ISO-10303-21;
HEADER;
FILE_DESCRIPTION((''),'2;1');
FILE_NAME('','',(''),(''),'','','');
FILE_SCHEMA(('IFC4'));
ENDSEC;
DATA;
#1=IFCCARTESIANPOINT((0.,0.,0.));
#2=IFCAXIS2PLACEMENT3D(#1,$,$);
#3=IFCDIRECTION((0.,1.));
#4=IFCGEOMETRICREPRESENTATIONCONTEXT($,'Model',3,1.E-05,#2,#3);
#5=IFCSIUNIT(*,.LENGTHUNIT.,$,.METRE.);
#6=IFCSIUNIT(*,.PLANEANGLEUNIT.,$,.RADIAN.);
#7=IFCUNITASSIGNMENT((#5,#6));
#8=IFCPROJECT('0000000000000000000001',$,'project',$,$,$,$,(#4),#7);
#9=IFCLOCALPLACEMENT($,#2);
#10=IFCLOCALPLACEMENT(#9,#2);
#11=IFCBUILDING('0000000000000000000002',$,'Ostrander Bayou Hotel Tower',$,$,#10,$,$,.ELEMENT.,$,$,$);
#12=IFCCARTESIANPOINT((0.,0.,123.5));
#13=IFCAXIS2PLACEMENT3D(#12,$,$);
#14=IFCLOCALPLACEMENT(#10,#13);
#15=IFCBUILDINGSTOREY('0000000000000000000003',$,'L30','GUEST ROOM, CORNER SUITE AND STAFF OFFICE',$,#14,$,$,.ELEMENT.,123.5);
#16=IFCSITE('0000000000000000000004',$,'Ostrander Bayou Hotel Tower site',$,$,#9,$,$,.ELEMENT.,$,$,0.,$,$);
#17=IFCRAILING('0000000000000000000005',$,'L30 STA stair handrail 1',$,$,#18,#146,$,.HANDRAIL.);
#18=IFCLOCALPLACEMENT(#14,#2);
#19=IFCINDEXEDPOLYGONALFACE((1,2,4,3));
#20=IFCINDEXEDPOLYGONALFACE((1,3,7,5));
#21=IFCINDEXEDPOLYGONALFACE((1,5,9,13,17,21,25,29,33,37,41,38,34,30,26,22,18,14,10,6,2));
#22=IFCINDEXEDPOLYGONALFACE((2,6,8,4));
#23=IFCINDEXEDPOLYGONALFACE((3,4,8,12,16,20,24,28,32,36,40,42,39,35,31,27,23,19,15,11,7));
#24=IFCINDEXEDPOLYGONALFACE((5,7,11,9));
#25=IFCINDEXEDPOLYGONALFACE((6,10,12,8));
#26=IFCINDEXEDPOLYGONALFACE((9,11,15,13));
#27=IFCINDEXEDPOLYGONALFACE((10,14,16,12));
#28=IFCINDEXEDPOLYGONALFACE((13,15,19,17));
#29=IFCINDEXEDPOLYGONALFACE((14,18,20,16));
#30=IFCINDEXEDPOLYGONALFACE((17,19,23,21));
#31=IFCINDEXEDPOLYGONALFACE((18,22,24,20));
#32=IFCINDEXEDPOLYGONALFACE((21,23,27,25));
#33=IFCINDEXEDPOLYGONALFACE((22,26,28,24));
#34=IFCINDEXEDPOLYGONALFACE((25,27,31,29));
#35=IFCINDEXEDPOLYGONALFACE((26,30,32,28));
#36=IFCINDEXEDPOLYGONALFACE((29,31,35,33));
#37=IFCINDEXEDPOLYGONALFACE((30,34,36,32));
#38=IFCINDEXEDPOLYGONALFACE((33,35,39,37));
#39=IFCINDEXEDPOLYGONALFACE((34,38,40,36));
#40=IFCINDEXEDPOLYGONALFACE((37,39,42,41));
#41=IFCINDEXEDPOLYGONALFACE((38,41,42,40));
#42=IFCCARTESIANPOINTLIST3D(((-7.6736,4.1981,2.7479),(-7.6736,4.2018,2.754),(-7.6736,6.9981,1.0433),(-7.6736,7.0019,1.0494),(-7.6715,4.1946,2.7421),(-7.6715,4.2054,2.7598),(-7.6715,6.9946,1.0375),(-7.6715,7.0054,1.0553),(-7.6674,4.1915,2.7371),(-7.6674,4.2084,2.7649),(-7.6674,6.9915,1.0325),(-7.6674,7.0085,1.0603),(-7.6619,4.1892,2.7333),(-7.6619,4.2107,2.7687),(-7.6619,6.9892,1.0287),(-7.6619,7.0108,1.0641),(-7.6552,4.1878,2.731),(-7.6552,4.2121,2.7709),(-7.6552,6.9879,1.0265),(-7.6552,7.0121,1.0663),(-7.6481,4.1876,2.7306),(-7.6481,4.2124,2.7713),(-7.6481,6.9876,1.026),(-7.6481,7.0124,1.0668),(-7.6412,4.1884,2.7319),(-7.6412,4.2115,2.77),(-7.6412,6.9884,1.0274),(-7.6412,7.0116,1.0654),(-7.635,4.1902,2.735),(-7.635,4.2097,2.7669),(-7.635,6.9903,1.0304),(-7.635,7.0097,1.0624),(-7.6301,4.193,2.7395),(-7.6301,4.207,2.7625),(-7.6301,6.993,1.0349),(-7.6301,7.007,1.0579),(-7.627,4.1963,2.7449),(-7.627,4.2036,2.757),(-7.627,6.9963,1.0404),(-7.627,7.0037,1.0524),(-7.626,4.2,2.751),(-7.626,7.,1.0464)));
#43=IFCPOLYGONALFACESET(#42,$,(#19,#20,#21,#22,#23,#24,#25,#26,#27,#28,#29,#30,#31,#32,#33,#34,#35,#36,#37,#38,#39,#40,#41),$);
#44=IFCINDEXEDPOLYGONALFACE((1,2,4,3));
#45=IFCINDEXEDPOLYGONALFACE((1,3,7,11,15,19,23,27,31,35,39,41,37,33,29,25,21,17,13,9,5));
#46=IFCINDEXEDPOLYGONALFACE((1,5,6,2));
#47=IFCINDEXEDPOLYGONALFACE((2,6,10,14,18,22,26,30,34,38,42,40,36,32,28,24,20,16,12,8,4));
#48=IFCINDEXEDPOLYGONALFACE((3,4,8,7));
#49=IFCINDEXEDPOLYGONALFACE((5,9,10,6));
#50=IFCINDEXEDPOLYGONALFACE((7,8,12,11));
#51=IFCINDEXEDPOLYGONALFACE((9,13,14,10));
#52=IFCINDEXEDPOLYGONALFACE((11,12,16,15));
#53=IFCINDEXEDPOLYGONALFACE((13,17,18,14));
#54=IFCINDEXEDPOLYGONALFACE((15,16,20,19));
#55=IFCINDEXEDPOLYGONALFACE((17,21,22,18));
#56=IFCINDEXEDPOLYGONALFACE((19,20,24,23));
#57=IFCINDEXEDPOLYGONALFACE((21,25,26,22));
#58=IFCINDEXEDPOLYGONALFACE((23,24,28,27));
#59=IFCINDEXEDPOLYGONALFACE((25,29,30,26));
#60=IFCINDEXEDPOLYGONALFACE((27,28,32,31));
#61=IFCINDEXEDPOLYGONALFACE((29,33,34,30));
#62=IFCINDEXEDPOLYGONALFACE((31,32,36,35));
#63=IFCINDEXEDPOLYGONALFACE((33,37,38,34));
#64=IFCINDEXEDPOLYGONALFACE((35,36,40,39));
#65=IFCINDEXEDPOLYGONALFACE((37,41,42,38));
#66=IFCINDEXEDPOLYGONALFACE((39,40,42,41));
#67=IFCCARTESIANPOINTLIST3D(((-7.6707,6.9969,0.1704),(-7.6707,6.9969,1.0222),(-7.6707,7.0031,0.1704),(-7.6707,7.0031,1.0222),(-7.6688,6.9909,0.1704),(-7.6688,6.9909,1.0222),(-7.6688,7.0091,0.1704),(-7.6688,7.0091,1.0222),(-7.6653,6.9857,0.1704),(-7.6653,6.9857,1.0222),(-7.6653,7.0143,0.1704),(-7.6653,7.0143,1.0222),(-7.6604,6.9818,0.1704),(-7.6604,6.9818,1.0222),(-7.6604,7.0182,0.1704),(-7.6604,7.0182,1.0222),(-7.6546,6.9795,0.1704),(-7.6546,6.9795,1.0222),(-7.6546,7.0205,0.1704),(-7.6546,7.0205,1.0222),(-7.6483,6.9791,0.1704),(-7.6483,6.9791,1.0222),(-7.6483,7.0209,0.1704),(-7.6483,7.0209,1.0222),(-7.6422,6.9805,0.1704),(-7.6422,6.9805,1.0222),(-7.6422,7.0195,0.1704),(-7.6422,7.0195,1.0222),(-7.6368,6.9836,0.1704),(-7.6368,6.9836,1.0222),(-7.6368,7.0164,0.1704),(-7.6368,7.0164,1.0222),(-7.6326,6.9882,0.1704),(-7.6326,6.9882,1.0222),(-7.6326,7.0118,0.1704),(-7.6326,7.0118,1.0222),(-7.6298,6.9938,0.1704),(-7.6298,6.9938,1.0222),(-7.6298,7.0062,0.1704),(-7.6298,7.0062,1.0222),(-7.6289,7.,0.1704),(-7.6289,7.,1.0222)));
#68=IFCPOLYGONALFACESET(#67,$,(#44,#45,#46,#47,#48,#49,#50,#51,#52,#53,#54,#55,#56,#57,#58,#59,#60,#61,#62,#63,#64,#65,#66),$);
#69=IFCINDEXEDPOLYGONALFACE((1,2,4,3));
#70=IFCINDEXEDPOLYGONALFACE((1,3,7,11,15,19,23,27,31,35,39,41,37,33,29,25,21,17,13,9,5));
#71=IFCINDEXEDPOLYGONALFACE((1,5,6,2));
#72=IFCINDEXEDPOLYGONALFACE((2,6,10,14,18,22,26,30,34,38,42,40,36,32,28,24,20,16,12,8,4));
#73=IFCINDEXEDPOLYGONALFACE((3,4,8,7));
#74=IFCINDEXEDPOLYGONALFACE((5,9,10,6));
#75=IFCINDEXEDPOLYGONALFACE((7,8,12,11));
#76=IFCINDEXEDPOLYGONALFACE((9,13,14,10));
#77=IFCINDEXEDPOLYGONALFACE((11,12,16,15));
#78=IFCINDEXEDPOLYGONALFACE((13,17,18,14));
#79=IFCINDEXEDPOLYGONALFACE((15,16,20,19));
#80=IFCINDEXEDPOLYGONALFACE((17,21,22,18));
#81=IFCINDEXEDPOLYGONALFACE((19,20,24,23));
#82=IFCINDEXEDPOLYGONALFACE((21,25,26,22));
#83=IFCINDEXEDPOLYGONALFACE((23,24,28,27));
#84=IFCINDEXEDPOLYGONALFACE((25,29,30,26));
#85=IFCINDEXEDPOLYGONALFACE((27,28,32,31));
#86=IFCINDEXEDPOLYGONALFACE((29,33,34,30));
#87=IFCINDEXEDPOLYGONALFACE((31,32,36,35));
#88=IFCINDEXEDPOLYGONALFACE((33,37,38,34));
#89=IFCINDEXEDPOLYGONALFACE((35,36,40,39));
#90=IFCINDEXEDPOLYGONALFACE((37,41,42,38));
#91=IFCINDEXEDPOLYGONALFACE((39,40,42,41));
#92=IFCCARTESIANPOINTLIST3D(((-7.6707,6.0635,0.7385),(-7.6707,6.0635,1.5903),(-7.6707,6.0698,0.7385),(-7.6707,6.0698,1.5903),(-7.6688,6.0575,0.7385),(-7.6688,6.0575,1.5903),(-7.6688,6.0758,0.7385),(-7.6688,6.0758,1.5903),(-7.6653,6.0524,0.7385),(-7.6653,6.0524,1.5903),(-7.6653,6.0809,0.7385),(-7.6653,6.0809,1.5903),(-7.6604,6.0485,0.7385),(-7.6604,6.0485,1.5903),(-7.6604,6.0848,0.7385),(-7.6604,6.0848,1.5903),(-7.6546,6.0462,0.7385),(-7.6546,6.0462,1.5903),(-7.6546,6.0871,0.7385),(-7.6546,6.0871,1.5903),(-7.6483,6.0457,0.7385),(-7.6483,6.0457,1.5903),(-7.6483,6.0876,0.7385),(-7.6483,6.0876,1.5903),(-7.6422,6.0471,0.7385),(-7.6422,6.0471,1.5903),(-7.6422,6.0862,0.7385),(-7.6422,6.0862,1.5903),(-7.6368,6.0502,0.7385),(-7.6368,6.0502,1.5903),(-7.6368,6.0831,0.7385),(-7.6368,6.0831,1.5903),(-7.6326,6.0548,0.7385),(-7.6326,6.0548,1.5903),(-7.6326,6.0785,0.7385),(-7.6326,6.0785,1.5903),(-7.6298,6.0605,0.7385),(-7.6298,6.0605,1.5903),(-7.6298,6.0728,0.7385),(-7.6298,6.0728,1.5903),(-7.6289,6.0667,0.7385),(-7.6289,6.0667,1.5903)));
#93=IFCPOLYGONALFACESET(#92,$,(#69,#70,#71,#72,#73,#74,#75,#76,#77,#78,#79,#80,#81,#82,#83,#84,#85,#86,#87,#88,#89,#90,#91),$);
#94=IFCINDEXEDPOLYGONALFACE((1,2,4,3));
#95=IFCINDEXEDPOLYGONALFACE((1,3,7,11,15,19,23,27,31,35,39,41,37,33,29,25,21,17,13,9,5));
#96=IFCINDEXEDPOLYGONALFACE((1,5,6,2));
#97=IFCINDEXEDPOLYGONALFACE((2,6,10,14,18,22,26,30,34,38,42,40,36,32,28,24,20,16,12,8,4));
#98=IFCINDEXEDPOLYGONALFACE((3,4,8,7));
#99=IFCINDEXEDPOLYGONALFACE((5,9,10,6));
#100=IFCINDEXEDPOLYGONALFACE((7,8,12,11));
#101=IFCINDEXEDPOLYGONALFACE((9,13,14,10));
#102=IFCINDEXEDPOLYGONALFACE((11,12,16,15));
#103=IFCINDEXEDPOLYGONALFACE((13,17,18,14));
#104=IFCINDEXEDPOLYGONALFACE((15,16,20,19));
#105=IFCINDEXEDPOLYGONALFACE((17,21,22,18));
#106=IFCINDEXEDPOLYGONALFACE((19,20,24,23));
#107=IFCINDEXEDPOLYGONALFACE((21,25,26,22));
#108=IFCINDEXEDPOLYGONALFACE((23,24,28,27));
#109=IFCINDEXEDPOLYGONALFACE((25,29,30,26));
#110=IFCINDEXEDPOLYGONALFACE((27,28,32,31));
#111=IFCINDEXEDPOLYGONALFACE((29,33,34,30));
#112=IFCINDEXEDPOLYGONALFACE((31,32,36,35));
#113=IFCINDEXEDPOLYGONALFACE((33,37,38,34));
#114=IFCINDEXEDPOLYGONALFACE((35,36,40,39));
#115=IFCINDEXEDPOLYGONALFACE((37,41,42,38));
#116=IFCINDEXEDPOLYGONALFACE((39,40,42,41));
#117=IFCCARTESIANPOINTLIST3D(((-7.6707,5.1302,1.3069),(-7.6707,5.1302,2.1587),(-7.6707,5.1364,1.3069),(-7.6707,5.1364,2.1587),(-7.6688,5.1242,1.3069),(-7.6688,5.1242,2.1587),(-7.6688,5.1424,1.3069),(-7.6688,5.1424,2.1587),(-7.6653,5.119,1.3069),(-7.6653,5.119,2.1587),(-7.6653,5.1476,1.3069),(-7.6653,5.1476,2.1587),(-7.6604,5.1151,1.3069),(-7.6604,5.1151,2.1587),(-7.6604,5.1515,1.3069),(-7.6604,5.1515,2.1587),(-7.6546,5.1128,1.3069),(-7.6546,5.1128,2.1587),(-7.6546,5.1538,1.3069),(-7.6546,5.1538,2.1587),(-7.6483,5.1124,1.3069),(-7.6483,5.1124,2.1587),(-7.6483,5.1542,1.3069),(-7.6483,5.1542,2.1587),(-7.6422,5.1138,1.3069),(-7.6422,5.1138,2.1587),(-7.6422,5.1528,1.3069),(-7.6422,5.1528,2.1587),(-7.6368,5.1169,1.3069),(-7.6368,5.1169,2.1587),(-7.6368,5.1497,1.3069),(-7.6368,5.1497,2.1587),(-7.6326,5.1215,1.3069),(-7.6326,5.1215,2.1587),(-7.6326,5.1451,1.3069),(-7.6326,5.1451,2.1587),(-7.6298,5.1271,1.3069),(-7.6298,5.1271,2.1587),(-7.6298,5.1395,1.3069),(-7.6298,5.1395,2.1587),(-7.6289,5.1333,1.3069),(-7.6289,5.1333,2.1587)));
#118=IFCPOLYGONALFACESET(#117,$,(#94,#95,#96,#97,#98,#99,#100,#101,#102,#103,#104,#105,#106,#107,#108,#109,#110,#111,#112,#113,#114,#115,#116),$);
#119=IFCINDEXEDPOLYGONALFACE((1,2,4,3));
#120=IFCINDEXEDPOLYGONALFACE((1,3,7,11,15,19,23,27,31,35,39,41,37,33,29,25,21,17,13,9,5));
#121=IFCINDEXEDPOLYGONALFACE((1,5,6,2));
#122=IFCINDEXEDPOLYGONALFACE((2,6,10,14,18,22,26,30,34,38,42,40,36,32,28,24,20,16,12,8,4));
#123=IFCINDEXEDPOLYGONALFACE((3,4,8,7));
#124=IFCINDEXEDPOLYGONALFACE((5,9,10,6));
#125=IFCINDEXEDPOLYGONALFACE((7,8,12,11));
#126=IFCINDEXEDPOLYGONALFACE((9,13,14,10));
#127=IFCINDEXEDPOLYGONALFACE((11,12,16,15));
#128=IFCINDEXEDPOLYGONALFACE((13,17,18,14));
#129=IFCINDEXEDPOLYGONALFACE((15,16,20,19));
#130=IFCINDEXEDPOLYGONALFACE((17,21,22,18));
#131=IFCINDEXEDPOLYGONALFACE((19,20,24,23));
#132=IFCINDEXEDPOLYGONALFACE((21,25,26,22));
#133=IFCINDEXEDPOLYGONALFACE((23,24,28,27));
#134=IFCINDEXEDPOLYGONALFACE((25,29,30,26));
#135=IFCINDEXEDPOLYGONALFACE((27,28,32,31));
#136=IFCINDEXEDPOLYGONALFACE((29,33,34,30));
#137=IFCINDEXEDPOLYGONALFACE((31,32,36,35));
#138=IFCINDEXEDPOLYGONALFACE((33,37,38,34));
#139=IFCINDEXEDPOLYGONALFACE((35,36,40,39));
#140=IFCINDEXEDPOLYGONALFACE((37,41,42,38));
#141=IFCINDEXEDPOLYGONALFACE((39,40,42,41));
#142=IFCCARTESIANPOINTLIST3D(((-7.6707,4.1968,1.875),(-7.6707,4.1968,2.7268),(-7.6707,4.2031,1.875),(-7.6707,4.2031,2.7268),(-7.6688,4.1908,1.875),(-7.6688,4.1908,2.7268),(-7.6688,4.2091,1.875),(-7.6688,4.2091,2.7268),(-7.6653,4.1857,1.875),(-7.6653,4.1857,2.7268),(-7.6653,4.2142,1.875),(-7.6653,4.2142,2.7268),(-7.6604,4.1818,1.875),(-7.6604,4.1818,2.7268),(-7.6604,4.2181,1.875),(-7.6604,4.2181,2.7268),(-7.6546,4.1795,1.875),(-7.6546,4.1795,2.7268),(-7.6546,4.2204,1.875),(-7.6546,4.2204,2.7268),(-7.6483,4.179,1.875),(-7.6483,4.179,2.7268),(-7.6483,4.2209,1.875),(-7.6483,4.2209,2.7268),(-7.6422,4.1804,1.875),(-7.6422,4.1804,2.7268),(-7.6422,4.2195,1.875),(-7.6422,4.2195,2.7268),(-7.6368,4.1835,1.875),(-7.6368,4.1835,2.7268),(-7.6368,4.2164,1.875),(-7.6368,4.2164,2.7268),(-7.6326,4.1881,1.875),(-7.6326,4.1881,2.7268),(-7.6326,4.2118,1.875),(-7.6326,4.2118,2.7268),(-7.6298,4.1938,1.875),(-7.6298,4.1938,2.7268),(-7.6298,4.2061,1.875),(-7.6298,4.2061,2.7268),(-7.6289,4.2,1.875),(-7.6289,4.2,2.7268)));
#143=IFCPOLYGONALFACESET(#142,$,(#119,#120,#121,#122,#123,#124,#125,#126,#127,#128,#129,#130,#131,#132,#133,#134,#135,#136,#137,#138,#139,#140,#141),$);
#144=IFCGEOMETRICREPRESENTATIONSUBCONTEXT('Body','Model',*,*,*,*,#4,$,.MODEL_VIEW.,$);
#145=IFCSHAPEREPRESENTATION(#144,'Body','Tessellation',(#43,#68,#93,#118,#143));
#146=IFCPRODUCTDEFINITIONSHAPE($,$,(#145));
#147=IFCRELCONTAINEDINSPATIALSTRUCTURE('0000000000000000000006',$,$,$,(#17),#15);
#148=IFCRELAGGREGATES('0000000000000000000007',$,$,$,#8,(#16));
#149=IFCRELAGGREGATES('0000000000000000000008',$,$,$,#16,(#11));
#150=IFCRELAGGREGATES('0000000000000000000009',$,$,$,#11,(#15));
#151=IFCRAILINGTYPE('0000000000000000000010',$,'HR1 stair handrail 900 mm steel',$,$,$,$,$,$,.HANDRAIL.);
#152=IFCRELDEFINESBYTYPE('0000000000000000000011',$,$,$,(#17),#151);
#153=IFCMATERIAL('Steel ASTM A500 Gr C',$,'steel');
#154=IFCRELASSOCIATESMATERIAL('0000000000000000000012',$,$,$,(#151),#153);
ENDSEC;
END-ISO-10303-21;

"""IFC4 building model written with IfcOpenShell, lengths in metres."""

from ifc_helpers import new_model, si_unit, direction, frame, origin, origin_2d, place, context, subcontext, project, spatial, circle, extrude, material, type_object, element, save


model = new_model("IFC4")

# Units and contexts
model_context = context("Model", 3, precision=1e-05, world=origin(), true_north=direction((0.0, 1.0)))
body_context = subcontext(model_context, "Body", "Model", "MODEL_VIEW")
ifc_project = project(units=[si_unit("LENGTHUNIT", "METRE"), si_unit("PLANEANGLEUNIT", "RADIAN")], contexts=[model_context])

# Site, building, storey
site_placement = place(None, origin())
site = spatial("IfcSite", under=ifc_project, at=site_placement, Name="Ostrander Bayou Hotel Tower site", CompositionType="ELEMENT", RefElevation=0.0)
building_placement = place(site_placement, origin())
building = spatial("IfcBuilding", under=site, at=building_placement, Name="Ostrander Bayou Hotel Tower", CompositionType="ELEMENT")
storey_placement = place(building_placement, frame((0.0, 0.0, 123.5)))
storey = spatial("IfcBuildingStorey", under=building, at=storey_placement, Name="L30", Description="GUEST ROOM, CORNER SUITE AND STAFF OFFICE", CompositionType="ELEMENT", Elevation=123.5)

# Railing
ifc_material_1 = material(Name="Steel ASTM A500 Gr C", Category="steel")
railing_type_1 = type_object("IfcRailingType", Name="HR1 stair handrail 900 mm steel", PredefinedType="HANDRAIL", material=ifc_material_1)
railing_1_placement = place(storey_placement, frame((-7.6499, 7.0, 0.1704)))
element("IfcRailing", 1, at=railing_1_placement, inside=storey, type_object=railing_type_1, Name="L30 STA stair handrail 1", PredefinedType="HANDRAIL", context=body_context, shape_type="SweptSolid", body=[
    extrude(circle(Radius=0.0239, at=origin_2d()), frame((0.0, 0.0, 0.876), z_axis=(0.0, -0.85417, 0.519994), x_axis=(1.0, 0.0, 0.0)), (0.0, 0.0, 1.0), 3.2781),
    extrude(circle(Radius=0.021, at=origin_2d()), origin(), (0.0, 0.0, 1.0), 0.8518),
    extrude(circle(Radius=0.021, at=origin_2d()), frame((0.0, -0.9333, 0.5681)), (0.0, 0.0, 1.0), 0.8518),
    extrude(circle(Radius=0.021, at=origin_2d()), frame((0.0, -1.8667, 1.1365)), (0.0, 0.0, 1.0), 0.8518),
    extrude(circle(Radius=0.021, at=origin_2d()), frame((0.0, -2.8, 1.7046)), (0.0, 0.0, 1.0), 0.8518),
])

save(model, "model.ifc")
